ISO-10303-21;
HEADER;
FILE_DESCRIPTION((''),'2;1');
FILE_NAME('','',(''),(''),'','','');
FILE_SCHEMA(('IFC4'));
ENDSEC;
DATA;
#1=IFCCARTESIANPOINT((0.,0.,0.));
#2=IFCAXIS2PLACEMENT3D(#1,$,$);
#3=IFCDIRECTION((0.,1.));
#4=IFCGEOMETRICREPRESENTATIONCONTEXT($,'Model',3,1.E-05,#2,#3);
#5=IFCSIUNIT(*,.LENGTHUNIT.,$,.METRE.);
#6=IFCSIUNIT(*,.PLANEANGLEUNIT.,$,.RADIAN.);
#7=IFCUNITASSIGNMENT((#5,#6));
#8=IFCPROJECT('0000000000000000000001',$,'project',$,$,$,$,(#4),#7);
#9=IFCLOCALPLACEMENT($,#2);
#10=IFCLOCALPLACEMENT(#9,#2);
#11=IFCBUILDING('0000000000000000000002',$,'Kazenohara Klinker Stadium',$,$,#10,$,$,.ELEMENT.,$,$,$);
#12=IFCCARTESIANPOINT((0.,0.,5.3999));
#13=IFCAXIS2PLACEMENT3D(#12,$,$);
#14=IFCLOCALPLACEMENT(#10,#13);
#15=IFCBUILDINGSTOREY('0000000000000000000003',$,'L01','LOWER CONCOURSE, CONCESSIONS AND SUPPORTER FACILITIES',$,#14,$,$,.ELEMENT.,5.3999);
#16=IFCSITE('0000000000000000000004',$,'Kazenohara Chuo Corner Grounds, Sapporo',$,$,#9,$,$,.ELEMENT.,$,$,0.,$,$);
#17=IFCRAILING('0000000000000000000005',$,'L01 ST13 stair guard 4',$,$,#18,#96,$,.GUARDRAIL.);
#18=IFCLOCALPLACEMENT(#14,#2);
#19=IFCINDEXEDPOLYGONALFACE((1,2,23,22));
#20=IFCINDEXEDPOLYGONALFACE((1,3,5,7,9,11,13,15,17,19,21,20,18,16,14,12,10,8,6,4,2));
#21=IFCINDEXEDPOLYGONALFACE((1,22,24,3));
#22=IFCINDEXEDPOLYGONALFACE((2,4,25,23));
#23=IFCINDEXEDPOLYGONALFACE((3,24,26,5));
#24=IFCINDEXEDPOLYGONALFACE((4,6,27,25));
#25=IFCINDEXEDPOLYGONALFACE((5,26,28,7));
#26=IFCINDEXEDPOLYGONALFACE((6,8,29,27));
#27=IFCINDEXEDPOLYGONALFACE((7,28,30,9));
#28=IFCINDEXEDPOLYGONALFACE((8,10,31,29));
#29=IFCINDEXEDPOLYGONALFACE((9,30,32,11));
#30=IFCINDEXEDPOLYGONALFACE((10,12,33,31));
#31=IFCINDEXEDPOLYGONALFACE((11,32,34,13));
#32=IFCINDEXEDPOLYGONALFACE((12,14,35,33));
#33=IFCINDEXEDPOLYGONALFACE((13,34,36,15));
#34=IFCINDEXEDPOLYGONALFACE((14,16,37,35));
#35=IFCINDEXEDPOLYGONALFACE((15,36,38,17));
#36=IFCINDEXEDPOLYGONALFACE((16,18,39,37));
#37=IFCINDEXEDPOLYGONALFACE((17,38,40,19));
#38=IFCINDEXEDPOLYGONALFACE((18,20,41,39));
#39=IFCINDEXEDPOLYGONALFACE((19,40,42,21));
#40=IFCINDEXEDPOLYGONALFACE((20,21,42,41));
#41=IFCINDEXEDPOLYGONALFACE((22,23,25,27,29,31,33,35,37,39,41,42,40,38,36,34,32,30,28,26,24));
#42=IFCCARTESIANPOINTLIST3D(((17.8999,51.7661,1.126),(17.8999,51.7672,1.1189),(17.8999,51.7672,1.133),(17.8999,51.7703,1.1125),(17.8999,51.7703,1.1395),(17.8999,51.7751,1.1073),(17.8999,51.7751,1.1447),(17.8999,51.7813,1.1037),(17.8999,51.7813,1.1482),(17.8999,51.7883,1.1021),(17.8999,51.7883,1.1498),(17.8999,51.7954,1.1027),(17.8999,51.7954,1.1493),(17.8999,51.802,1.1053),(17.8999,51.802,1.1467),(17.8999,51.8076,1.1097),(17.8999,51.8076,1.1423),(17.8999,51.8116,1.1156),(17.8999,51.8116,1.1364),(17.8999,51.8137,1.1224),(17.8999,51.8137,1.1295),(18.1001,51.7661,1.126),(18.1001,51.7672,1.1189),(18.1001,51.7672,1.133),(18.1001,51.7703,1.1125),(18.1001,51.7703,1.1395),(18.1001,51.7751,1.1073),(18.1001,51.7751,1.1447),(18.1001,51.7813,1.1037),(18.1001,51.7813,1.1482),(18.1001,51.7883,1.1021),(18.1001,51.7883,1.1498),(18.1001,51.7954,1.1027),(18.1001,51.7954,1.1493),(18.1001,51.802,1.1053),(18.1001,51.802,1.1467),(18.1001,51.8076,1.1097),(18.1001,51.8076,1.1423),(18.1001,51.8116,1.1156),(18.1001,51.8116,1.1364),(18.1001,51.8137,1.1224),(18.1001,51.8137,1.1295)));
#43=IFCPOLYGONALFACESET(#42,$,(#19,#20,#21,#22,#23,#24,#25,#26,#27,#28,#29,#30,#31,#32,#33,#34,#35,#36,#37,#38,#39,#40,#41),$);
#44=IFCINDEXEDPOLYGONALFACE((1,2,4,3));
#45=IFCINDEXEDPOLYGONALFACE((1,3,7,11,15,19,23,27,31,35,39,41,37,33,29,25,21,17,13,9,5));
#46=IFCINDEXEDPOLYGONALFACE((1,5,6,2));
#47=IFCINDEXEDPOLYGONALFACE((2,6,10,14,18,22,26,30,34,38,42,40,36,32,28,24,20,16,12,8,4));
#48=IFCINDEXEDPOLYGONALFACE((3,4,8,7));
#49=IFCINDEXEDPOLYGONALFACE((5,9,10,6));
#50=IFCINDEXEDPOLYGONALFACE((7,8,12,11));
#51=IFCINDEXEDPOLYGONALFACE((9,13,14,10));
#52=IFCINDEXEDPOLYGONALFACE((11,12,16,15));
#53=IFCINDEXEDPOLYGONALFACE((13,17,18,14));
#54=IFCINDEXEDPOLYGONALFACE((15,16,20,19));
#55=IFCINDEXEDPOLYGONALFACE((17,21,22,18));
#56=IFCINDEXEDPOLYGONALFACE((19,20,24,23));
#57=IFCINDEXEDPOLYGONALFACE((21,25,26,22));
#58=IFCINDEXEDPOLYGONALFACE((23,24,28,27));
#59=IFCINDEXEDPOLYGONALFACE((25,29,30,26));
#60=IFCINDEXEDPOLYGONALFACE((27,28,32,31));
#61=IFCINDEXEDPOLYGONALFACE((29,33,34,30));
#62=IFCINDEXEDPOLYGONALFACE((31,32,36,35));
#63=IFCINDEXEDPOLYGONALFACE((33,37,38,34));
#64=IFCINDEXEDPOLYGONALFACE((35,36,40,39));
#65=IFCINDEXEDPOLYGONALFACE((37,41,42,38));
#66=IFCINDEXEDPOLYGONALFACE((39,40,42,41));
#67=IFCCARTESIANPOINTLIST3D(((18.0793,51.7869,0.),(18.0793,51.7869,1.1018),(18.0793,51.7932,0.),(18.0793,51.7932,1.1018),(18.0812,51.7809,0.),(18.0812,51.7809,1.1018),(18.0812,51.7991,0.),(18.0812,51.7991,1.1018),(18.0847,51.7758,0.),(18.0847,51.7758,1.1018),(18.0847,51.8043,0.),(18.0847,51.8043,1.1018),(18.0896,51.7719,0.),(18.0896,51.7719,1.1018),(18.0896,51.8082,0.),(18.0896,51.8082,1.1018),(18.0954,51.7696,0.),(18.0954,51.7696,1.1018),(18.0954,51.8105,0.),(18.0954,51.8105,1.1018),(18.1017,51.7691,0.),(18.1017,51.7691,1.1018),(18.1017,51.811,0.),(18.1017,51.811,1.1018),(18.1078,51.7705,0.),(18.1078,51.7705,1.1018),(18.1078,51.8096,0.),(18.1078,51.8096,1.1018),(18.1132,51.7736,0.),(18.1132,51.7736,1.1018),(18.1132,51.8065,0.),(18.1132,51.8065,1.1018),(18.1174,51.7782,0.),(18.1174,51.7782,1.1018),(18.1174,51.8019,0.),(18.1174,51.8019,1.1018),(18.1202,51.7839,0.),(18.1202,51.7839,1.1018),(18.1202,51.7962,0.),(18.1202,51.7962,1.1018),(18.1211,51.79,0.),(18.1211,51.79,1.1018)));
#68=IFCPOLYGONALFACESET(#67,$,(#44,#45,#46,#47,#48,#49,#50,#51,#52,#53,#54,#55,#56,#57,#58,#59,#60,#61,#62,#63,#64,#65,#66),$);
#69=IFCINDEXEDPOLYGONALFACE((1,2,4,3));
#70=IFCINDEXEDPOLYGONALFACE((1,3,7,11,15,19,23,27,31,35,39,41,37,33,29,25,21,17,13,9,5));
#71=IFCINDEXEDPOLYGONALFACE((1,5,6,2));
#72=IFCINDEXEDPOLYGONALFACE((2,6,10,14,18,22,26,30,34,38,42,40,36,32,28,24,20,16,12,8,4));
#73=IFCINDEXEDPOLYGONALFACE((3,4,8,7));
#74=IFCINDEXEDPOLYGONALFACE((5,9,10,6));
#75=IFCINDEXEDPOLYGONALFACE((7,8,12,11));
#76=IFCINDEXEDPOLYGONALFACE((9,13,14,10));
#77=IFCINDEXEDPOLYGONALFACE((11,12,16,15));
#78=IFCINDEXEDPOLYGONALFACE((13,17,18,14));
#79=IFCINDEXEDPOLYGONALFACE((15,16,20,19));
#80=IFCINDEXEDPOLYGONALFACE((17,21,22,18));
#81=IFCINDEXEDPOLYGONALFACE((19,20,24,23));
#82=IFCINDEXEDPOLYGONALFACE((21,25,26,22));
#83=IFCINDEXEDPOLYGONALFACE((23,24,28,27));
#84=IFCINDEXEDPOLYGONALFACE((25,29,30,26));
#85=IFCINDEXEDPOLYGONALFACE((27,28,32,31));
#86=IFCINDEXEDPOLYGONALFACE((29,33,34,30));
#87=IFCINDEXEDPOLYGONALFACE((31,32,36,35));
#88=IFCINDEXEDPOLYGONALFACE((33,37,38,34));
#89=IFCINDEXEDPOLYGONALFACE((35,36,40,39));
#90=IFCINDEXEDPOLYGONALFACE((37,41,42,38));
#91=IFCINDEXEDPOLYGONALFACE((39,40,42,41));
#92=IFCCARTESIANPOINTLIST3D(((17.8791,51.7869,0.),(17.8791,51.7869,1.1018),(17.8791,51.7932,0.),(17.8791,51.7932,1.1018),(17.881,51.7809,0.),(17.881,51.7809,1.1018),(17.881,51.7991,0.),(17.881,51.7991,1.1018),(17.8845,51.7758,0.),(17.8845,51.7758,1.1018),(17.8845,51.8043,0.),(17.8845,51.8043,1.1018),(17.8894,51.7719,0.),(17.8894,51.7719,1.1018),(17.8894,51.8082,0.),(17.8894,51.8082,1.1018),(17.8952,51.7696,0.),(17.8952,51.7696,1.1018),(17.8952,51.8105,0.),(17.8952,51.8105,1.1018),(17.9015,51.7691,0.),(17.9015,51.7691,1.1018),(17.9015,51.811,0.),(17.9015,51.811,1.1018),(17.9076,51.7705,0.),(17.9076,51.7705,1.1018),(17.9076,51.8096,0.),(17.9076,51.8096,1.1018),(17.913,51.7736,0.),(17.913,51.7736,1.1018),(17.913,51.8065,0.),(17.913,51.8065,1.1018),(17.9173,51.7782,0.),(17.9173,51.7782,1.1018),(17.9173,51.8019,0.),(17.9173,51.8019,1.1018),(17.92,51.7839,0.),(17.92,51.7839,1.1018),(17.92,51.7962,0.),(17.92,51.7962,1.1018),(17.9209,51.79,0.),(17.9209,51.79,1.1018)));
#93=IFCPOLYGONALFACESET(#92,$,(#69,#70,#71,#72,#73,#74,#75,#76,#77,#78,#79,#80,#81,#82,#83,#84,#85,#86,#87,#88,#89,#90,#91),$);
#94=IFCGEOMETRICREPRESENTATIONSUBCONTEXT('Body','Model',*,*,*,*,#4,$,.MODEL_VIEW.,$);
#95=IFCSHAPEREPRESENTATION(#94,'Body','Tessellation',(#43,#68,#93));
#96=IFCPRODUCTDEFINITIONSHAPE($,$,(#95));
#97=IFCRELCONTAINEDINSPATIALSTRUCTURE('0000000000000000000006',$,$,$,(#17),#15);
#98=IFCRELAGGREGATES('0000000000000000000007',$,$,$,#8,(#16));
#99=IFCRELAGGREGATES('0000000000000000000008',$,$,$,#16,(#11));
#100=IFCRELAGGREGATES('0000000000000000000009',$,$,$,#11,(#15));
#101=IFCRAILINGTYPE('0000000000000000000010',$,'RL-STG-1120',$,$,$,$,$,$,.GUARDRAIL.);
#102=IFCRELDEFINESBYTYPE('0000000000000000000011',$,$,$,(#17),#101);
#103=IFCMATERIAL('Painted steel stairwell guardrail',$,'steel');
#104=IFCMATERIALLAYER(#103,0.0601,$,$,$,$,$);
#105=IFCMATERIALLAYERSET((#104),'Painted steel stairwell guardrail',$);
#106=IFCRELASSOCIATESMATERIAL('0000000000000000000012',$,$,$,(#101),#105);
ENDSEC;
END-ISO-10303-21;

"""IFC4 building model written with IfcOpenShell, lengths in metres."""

from ifc_helpers import new_model, si_unit, direction, frame, origin, origin_2d, place, context, subcontext, project, spatial, circle, extrude, material, layer, layer_set, type_object, element, save


model = new_model("IFC4")

# Units and contexts
model_context = context("Model", 3, precision=1e-05, world=origin(), true_north=direction((0.0, 1.0)))
body_context = subcontext(model_context, "Body", "Model", "MODEL_VIEW")
ifc_project = project(units=[si_unit("LENGTHUNIT", "METRE"), si_unit("PLANEANGLEUNIT", "RADIAN")], contexts=[model_context])

# Site, building, storey
site_placement = place(None, origin())
site = spatial("IfcSite", under=ifc_project, at=site_placement, Name="Kazenohara Chuo Corner Grounds, Sapporo", CompositionType="ELEMENT", RefElevation=0.0)
building_placement = place(site_placement, origin())
building = spatial("IfcBuilding", under=site, at=building_placement, Name="Kazenohara Klinker Stadium", CompositionType="ELEMENT")
storey_placement = place(building_placement, frame((0.0, 0.0, 5.3999)))
storey = spatial("IfcBuildingStorey", under=building, at=storey_placement, Name="L01", Description="LOWER CONCOURSE, CONCESSIONS AND SUPPORTER FACILITIES", CompositionType="ELEMENT", Elevation=5.3999)

# Railing
ifc_material_1 = material(Name="Painted steel stairwell guardrail", Category="steel")
ifc_layer_1 = layer(ifc_material_1, 0.0601)
ifc_layer_set_1 = layer_set([ifc_layer_1], Name="Painted steel stairwell guardrail")
railing_type_1 = type_object("IfcRailingType", Name="RL-STG-1120", PredefinedType="GUARDRAIL", material=ifc_layer_set_1)
railing_1_placement = place(storey_placement, frame((18.1001, 51.79, 0.0)))
element("IfcRailing", 1, at=railing_1_placement, inside=storey, type_object=railing_type_1, Name="L01 ST13 stair guard 4", PredefinedType="GUARDRAIL", context=body_context, shape_type="SweptSolid", body=[
    extrude(circle(Radius=0.0239, at=origin_2d()), frame((0.0, 0.0, 1.126), z_axis=(-1.0, 0.0, 0.0), x_axis=(0.0, -1.0, 0.0)), (0.0, 0.0, 1.0), 0.2002),
    extrude(circle(Radius=0.021, at=origin_2d()), origin(), (0.0, 0.0, 1.0), 1.1018),
    extrude(circle(Radius=0.021, at=origin_2d()), frame((-0.2002, 0.0, 0.0)), (0.0, 0.0, 1.0), 1.1018),
])

save(model, "model.ifc")
